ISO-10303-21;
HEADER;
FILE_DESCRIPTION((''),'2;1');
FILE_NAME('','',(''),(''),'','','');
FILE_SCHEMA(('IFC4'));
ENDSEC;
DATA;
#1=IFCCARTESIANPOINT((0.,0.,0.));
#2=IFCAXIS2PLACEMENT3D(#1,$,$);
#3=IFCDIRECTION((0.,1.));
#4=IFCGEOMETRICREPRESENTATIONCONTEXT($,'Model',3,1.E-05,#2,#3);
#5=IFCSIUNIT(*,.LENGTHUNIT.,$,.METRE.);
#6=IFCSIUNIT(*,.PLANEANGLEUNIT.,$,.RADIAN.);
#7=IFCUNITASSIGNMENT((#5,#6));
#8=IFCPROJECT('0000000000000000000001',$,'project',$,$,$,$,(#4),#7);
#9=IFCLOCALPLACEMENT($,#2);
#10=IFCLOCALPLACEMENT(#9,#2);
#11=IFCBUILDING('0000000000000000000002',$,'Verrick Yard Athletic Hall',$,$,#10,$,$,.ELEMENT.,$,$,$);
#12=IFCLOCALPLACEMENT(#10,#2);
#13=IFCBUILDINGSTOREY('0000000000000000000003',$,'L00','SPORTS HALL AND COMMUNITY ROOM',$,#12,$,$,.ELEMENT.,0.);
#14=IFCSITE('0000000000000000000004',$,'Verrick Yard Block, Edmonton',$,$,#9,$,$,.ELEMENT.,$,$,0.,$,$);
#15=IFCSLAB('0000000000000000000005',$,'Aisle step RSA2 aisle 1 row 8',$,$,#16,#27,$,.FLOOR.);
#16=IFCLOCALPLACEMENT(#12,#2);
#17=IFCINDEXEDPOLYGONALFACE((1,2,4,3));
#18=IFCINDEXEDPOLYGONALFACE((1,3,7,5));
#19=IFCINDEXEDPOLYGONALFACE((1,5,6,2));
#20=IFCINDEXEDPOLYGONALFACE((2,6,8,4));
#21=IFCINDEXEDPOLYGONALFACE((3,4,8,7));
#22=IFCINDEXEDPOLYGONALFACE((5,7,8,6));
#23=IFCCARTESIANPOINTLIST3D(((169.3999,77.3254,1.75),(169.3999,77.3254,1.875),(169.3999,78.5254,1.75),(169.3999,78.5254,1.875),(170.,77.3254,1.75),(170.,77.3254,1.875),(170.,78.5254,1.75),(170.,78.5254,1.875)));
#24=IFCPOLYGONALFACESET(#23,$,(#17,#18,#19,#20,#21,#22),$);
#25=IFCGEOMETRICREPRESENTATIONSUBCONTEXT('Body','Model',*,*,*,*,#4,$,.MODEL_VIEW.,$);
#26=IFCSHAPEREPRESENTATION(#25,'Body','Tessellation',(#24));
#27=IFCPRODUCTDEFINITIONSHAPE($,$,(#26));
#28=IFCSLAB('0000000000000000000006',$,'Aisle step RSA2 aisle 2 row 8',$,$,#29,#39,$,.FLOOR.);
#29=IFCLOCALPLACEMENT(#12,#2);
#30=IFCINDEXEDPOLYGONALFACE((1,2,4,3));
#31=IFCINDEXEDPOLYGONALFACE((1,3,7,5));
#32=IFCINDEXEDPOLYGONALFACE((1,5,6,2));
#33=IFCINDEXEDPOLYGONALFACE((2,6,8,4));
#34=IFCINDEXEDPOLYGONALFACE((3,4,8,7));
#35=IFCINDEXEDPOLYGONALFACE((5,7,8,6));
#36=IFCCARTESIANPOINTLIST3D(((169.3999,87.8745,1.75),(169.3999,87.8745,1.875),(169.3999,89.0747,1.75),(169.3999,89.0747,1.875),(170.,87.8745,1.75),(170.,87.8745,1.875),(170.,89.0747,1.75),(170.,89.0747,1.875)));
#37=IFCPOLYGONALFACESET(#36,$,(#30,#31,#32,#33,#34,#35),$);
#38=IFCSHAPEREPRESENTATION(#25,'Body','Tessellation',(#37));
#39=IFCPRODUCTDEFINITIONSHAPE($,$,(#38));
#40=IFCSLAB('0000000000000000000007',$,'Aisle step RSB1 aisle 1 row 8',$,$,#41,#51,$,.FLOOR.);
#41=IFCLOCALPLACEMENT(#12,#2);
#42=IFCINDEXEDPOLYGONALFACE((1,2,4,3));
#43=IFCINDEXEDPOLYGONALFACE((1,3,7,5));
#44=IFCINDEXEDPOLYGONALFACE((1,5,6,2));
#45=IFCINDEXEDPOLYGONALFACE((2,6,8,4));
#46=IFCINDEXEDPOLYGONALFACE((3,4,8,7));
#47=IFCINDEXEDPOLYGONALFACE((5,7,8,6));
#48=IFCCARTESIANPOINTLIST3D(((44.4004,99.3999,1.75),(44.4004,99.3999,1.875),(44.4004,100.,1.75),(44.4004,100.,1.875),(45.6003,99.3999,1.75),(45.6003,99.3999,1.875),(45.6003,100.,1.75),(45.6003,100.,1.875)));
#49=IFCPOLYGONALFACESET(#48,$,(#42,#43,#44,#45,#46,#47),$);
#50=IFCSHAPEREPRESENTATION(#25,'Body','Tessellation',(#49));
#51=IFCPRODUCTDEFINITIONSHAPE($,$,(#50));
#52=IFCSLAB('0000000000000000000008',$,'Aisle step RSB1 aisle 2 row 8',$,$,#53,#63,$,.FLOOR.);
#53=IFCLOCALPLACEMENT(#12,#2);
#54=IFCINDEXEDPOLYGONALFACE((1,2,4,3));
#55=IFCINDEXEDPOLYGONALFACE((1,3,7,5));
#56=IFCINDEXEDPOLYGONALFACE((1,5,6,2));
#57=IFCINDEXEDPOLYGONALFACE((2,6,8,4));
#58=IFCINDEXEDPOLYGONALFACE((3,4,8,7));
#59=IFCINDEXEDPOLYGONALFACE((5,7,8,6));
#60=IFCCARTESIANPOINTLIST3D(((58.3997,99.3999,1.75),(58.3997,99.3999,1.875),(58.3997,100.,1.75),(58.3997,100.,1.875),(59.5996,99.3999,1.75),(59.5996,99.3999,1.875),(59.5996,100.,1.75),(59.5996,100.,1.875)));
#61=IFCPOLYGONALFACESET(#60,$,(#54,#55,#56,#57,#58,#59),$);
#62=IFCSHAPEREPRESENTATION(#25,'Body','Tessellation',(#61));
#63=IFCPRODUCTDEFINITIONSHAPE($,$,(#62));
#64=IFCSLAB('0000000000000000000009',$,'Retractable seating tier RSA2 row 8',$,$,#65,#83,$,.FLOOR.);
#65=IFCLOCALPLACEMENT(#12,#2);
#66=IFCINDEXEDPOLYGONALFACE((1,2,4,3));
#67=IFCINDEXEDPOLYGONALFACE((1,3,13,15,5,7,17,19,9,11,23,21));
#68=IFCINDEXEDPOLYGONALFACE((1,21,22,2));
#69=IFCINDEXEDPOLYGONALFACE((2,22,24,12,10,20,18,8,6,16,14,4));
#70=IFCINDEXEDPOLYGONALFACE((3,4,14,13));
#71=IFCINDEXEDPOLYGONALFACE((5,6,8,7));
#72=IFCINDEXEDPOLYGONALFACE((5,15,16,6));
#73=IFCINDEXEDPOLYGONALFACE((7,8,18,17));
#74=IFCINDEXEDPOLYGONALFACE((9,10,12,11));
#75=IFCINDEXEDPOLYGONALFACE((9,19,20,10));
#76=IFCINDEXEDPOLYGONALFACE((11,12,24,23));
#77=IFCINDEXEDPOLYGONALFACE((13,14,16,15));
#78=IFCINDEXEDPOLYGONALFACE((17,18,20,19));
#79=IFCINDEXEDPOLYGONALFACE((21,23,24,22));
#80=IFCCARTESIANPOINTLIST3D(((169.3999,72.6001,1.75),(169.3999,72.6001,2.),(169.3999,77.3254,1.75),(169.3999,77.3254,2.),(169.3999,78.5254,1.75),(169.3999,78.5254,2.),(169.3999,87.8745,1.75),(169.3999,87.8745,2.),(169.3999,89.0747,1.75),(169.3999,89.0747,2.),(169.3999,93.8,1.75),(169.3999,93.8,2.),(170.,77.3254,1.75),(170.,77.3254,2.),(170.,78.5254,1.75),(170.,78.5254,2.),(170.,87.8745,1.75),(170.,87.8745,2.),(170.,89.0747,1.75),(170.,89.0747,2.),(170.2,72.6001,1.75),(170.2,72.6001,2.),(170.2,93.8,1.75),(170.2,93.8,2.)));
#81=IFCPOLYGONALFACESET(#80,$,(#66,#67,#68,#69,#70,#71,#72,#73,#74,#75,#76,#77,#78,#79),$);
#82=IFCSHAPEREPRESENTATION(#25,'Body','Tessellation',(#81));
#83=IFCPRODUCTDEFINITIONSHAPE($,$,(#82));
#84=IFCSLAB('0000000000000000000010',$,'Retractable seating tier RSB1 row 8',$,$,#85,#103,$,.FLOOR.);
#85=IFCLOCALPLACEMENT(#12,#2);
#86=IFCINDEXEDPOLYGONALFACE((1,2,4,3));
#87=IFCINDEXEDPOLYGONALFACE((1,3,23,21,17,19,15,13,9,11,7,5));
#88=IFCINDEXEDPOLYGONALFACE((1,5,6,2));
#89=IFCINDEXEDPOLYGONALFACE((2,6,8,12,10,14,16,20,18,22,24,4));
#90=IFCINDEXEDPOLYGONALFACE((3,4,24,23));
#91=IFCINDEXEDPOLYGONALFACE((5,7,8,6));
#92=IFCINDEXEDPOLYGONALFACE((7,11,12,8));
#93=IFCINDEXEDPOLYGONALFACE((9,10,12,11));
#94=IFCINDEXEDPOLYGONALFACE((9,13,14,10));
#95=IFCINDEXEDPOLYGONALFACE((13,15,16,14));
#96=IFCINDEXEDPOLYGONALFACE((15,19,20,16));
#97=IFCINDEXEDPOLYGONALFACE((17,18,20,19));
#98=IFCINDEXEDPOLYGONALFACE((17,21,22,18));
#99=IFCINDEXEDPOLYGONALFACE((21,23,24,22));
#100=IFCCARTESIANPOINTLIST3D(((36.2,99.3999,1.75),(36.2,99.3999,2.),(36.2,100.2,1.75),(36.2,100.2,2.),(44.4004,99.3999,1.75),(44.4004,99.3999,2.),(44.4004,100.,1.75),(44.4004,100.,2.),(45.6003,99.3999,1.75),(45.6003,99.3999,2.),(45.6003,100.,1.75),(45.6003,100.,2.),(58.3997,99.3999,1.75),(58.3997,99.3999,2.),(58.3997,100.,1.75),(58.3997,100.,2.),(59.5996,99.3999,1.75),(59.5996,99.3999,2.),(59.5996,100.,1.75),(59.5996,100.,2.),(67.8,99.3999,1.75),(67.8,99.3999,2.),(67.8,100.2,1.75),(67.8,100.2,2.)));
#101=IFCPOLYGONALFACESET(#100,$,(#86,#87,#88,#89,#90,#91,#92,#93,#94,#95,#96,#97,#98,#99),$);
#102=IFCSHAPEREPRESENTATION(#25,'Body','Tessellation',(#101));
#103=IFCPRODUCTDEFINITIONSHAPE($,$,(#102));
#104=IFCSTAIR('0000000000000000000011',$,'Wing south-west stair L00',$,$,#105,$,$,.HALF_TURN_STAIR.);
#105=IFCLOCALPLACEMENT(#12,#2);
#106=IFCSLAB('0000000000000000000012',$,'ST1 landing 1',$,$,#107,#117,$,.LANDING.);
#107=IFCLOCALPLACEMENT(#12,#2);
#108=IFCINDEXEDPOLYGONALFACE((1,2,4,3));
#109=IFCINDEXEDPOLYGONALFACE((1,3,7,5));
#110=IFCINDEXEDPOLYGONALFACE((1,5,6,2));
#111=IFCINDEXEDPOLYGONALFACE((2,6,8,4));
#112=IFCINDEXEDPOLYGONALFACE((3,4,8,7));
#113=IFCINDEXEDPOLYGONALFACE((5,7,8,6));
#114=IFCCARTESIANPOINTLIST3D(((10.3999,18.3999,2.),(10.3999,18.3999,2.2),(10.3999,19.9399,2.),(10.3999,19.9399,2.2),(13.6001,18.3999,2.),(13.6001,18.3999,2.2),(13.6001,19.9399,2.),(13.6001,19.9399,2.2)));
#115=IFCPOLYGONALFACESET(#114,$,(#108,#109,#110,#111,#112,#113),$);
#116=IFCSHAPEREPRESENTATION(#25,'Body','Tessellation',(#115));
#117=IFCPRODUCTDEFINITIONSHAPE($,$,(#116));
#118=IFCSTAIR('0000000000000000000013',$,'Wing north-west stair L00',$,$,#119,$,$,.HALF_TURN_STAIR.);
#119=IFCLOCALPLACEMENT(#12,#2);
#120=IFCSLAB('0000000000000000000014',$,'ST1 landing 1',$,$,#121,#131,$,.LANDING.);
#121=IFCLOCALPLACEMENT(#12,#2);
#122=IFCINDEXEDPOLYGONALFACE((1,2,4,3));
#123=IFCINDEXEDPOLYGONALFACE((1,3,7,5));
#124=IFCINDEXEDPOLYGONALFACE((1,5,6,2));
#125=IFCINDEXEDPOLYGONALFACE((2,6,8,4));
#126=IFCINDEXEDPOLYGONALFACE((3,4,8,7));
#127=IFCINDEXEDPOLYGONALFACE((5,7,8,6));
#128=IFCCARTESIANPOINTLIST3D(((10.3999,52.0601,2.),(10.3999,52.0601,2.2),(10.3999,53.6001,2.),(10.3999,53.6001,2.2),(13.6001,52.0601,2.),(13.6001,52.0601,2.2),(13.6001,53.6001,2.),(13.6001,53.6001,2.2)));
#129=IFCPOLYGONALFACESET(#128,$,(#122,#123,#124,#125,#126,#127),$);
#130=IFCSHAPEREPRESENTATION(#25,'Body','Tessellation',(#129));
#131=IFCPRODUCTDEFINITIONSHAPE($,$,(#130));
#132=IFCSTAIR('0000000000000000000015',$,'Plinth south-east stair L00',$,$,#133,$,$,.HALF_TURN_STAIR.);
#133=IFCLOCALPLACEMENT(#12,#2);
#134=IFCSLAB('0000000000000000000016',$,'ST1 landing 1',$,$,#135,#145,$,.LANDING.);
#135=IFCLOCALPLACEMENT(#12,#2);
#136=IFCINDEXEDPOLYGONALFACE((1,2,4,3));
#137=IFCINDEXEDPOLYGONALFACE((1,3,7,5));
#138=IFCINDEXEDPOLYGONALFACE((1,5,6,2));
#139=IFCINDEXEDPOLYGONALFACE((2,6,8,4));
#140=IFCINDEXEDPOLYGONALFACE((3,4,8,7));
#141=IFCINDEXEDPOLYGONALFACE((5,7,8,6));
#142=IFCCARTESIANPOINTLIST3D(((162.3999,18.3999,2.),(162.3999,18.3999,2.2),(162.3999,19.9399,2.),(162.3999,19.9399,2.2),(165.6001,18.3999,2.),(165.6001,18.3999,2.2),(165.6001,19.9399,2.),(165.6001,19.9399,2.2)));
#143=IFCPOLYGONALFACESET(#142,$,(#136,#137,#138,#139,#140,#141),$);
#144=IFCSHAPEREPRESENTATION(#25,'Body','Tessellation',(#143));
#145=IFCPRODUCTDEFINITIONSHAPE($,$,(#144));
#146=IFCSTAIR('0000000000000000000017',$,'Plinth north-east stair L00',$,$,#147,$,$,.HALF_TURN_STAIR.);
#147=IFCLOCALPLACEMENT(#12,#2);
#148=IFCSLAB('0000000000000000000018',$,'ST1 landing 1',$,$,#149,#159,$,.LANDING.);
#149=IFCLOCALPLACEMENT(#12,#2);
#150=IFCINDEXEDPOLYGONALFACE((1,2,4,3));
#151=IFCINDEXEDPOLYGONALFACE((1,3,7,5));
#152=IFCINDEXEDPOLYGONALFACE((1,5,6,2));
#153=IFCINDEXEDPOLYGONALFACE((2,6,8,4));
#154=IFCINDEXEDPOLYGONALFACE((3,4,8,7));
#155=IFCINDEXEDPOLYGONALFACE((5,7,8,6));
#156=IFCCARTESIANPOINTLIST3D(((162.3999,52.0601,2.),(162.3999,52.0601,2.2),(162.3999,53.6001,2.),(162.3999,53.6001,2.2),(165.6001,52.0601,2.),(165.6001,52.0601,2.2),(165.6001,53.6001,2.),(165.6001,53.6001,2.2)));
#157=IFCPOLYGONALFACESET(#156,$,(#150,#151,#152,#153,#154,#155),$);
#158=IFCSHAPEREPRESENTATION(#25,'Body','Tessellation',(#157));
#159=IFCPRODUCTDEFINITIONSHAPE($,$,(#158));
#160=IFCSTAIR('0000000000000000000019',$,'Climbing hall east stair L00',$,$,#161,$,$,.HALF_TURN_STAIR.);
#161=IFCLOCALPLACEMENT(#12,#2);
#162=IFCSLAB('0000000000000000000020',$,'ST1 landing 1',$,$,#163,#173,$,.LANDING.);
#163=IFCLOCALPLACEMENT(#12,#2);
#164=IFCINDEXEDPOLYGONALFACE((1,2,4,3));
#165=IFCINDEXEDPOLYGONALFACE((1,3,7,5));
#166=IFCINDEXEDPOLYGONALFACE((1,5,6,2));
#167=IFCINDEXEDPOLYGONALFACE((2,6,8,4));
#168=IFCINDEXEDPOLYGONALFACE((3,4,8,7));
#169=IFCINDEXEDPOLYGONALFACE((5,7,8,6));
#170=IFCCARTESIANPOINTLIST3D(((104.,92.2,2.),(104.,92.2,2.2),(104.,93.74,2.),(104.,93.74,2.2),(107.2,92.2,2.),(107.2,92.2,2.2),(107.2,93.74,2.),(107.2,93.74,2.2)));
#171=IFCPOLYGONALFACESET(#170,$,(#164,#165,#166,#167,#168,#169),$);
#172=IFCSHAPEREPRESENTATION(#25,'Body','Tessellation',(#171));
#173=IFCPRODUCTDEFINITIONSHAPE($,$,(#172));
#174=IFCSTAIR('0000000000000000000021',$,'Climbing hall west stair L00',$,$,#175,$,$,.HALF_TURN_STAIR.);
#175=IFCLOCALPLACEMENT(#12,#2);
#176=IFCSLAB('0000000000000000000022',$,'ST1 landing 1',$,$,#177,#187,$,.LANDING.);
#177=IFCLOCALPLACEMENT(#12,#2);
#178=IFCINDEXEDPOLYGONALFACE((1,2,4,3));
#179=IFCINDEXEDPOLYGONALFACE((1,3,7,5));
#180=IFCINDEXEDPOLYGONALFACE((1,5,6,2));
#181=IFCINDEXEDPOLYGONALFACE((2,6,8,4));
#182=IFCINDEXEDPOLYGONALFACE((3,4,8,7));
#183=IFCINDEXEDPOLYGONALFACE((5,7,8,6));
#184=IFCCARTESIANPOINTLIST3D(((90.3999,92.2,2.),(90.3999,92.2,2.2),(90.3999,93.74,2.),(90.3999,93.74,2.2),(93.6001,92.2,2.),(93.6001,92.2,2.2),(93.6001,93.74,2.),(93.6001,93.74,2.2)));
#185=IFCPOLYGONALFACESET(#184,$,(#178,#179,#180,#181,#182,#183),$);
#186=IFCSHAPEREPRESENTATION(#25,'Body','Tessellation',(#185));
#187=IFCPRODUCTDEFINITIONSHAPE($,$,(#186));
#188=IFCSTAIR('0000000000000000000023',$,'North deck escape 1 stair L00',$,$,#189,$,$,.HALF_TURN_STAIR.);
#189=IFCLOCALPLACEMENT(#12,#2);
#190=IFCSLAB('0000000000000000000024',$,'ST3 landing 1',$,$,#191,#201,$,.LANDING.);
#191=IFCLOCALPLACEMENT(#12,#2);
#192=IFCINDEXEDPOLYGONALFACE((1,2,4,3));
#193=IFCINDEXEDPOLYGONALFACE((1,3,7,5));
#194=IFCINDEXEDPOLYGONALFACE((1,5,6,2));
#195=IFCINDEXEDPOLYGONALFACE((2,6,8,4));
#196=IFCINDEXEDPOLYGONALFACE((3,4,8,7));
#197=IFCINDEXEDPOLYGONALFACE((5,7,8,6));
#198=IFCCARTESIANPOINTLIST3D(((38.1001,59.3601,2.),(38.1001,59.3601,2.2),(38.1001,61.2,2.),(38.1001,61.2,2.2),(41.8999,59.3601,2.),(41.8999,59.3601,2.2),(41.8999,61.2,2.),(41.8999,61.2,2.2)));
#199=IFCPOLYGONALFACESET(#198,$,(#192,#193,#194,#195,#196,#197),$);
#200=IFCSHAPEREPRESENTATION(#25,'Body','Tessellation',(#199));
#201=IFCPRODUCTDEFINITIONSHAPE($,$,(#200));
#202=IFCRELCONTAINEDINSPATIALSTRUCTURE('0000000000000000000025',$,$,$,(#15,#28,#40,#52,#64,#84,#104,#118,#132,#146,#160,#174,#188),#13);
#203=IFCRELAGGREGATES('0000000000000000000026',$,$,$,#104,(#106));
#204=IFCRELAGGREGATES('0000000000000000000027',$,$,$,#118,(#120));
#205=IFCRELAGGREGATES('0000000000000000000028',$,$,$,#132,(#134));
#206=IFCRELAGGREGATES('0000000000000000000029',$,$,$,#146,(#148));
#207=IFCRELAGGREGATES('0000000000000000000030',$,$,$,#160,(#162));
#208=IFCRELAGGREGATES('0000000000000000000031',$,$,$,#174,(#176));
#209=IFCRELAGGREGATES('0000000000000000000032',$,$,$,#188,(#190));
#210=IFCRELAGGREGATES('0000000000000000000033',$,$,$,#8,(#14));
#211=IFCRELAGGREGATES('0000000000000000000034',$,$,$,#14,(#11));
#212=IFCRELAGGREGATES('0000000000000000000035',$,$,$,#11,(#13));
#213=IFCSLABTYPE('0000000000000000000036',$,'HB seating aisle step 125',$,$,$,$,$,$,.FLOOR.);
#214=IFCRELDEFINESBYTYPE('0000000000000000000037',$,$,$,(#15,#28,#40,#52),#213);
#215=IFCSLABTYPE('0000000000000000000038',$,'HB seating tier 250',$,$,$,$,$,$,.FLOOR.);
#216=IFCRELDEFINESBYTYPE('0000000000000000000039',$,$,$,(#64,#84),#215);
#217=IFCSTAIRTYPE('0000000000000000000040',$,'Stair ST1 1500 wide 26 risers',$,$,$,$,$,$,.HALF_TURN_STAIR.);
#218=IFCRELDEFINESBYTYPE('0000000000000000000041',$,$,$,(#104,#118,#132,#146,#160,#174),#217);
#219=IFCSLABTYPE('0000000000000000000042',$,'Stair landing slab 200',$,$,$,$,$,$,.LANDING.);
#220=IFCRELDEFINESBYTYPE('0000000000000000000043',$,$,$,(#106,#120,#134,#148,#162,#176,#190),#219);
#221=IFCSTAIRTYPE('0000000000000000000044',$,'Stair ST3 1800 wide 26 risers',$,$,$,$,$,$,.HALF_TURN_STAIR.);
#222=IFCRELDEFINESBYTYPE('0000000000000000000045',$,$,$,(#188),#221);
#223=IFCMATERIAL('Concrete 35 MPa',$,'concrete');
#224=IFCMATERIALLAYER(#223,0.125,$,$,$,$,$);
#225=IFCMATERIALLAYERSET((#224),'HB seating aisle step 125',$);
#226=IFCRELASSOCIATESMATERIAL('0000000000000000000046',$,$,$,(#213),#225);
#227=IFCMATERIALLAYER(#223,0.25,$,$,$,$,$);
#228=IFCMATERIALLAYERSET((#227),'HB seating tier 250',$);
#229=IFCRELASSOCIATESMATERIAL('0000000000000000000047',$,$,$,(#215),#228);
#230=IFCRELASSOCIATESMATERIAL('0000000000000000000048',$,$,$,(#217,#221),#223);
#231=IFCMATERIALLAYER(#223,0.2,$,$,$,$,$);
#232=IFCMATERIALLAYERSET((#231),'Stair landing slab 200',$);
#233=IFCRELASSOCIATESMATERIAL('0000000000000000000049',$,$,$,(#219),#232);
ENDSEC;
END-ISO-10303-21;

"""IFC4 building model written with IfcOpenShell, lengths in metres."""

from ifc_helpers import new_model, si_unit, direction, frame, origin, place, context, subcontext, project, spatial, polyline, outline, extrude, material, layer, layer_set, type_object, element, aggregate, save


model = new_model("IFC4")

# Units and contexts
model_context = context("Model", 3, precision=1e-05, world=origin(), true_north=direction((0.0, 1.0)))
body_context = subcontext(model_context, "Body", "Model", "MODEL_VIEW")
ifc_project = project(units=[si_unit("LENGTHUNIT", "METRE"), si_unit("PLANEANGLEUNIT", "RADIAN")], contexts=[model_context])

# Site, building, storey
site_placement = place(None, origin())
site = spatial("IfcSite", under=ifc_project, at=site_placement, Name="Verrick Yard Block, Edmonton", CompositionType="ELEMENT", RefElevation=0.0)
building_placement = place(site_placement, origin())
building = spatial("IfcBuilding", under=site, at=building_placement, Name="Verrick Yard Athletic Hall", CompositionType="ELEMENT")
storey_placement = place(building_placement, origin())
storey = spatial("IfcBuildingStorey", under=building, at=storey_placement, Name="L00", Description="SPORTS HALL AND COMMUNITY ROOM", CompositionType="ELEMENT", Elevation=0.0)

# Slabs
ifc_material = material(Name="Concrete 35 MPa", Category="concrete")
ifc_layer_1 = layer(ifc_material, 0.125)
ifc_layer_set_1 = layer_set([ifc_layer_1], Name="HB seating aisle step 125")
slab_type_1 = type_object("IfcSlabType", Name="HB seating aisle step 125", PredefinedType="FLOOR", material=ifc_layer_set_1)
slab_1_placement = place(storey_placement, frame((0.0, 0.0, 1.75)))
element("IfcSlab", 1, at=slab_1_placement, inside=storey, type_object=slab_type_1, Name="Aisle step RSA2 aisle 1 row 8", PredefinedType="FLOOR", context=body_context, shape_type="SweptSolid", body=[
    extrude(outline(polyline([(170.0, 77.3254), (170.0, 78.5254), (169.3999, 78.5254), (169.3999, 77.3254), (170.0, 77.3254)])), origin(), (0.0, 0.0, 1.0), 0.125),
])
slab_2_placement = place(storey_placement, frame((0.0, 0.0, 1.75)))
element("IfcSlab", 2, at=slab_2_placement, inside=storey, type_object=slab_type_1, Name="Aisle step RSA2 aisle 2 row 8", PredefinedType="FLOOR", context=body_context, shape_type="SweptSolid", body=[
    extrude(outline(polyline([(170.0, 87.8745), (170.0, 89.0747), (169.3999, 89.0747), (169.3999, 87.8745), (170.0, 87.8745)])), origin(), (0.0, 0.0, 1.0), 0.125),
])
slab_3_placement = place(storey_placement, frame((0.0, 0.0, 1.75)))
element("IfcSlab", 3, at=slab_3_placement, inside=storey, type_object=slab_type_1, Name="Aisle step RSB1 aisle 1 row 8", PredefinedType="FLOOR", context=body_context, shape_type="SweptSolid", body=[
    extrude(outline(polyline([(44.4004, 99.3999), (45.6003, 99.3999), (45.6003, 100.0), (44.4004, 100.0), (44.4004, 99.3999)])), origin(), (0.0, 0.0, 1.0), 0.125),
])
slab_4_placement = place(storey_placement, frame((0.0, 0.0, 1.75)))
element("IfcSlab", 4, at=slab_4_placement, inside=storey, type_object=slab_type_1, Name="Aisle step RSB1 aisle 2 row 8", PredefinedType="FLOOR", context=body_context, shape_type="SweptSolid", body=[
    extrude(outline(polyline([(58.3997, 99.3999), (59.5996, 99.3999), (59.5996, 100.0), (58.3997, 100.0), (58.3997, 99.3999)])), origin(), (0.0, 0.0, 1.0), 0.125),
])
ifc_layer_2 = layer(ifc_material, 0.25)
ifc_layer_set_2 = layer_set([ifc_layer_2], Name="HB seating tier 250")
slab_type_2 = type_object("IfcSlabType", Name="HB seating tier 250", PredefinedType="FLOOR", material=ifc_layer_set_2)
slab_5_placement = place(storey_placement, frame((0.0, 0.0, 1.75)))
element("IfcSlab", 5, at=slab_5_placement, inside=storey, type_object=slab_type_2, Name="Retractable seating tier RSA2 row 8", PredefinedType="FLOOR", context=body_context, shape_type="SweptSolid", body=[
    extrude(outline(polyline([(170.2, 72.6001), (170.2, 93.8), (169.3999, 93.8), (169.3999, 89.0747), (170.0, 89.0747), (170.0, 87.8745), (169.3999, 87.8745), (169.3999, 78.5254), (170.0, 78.5254), (170.0, 77.3254), (169.3999, 77.3254), (169.3999, 72.6001), (170.2, 72.6001)])), origin(), (0.0, 0.0, 1.0), 0.25),
])
slab_6_placement = place(storey_placement, frame((0.0, 0.0, 1.75)))
element("IfcSlab", 6, at=slab_6_placement, inside=storey, type_object=slab_type_2, Name="Retractable seating tier RSB1 row 8", PredefinedType="FLOOR", context=body_context, shape_type="SweptSolid", body=[
    extrude(outline(polyline([(36.2, 99.3999), (44.4004, 99.3999), (44.4004, 100.0), (45.6003, 100.0), (45.6003, 99.3999), (58.3997, 99.3999), (58.3997, 100.0), (59.5996, 100.0), (59.5996, 99.3999), (67.8, 99.3999), (67.8, 100.2), (36.2, 100.2), (36.2, 99.3999)])), origin(), (0.0, 0.0, 1.0), 0.25),
])

# Stairs, slabs
stair_type_1 = type_object("IfcStairType", Name="Stair ST1 1500 wide 26 risers", PredefinedType="HALF_TURN_STAIR", material=ifc_material)
stair_1_placement = place(storey_placement, origin())
stair_1 = element("IfcStair", 7, at=stair_1_placement, inside=storey, type_object=stair_type_1, Name="Wing south-west stair L00", PredefinedType="HALF_TURN_STAIR")
ifc_layer_3 = layer(ifc_material, 0.2)
ifc_layer_set_3 = layer_set([ifc_layer_3], Name="Stair landing slab 200")
slab_type_3 = type_object("IfcSlabType", Name="Stair landing slab 200", PredefinedType="LANDING", material=ifc_layer_set_3)
slab_7_placement = place(storey_placement, frame((0.0, 0.0, 2.0)))
slab_7 = element("IfcSlab", 8, at=slab_7_placement, type_object=slab_type_3, Name="ST1 landing 1", PredefinedType="LANDING", context=body_context, shape_type="SweptSolid", body=[
    extrude(outline(polyline([(10.3999, 19.9399), (10.3999, 18.3999), (13.6001, 18.3999), (13.6001, 19.9399), (10.3999, 19.9399)])), origin(), (0.0, 0.0, 1.0), 0.2),
])
aggregate(stair_1, [slab_7])
stair_2_placement = place(storey_placement, origin())
stair_2 = element("IfcStair", 9, at=stair_2_placement, inside=storey, type_object=stair_type_1, Name="Wing north-west stair L00", PredefinedType="HALF_TURN_STAIR")
slab_8_placement = place(storey_placement, frame((0.0, 0.0, 2.0)))
slab_8 = element("IfcSlab", 10, at=slab_8_placement, type_object=slab_type_3, Name="ST1 landing 1", PredefinedType="LANDING", context=body_context, shape_type="SweptSolid", body=[
    extrude(outline(polyline([(13.6001, 52.0601), (13.6001, 53.6001), (10.3999, 53.6001), (10.3999, 52.0601), (13.6001, 52.0601)])), origin(), (0.0, 0.0, 1.0), 0.2),
])
aggregate(stair_2, [slab_8])
stair_3_placement = place(storey_placement, origin())
stair_3 = element("IfcStair", 11, at=stair_3_placement, inside=storey, type_object=stair_type_1, Name="Plinth south-east stair L00", PredefinedType="HALF_TURN_STAIR")
slab_9_placement = place(storey_placement, frame((0.0, 0.0, 2.0)))
slab_9 = element("IfcSlab", 12, at=slab_9_placement, type_object=slab_type_3, Name="ST1 landing 1", PredefinedType="LANDING", context=body_context, shape_type="SweptSolid", body=[
    extrude(outline(polyline([(162.3999, 19.9399), (162.3999, 18.3999), (165.6001, 18.3999), (165.6001, 19.9399), (162.3999, 19.9399)])), origin(), (0.0, 0.0, 1.0), 0.2),
])
aggregate(stair_3, [slab_9])
stair_4_placement = place(storey_placement, origin())
stair_4 = element("IfcStair", 13, at=stair_4_placement, inside=storey, type_object=stair_type_1, Name="Plinth north-east stair L00", PredefinedType="HALF_TURN_STAIR")
slab_10_placement = place(storey_placement, frame((0.0, 0.0, 2.0)))
slab_10 = element("IfcSlab", 14, at=slab_10_placement, type_object=slab_type_3, Name="ST1 landing 1", PredefinedType="LANDING", context=body_context, shape_type="SweptSolid", body=[
    extrude(outline(polyline([(165.6001, 52.0601), (165.6001, 53.6001), (162.3999, 53.6001), (162.3999, 52.0601), (165.6001, 52.0601)])), origin(), (0.0, 0.0, 1.0), 0.2),
])
aggregate(stair_4, [slab_10])
stair_5_placement = place(storey_placement, origin())
stair_5 = element("IfcStair", 15, at=stair_5_placement, inside=storey, type_object=stair_type_1, Name="Climbing hall east stair L00", PredefinedType="HALF_TURN_STAIR")
slab_11_placement = place(storey_placement, frame((0.0, 0.0, 2.0)))
slab_11 = element("IfcSlab", 16, at=slab_11_placement, type_object=slab_type_3, Name="ST1 landing 1", PredefinedType="LANDING", context=body_context, shape_type="SweptSolid", body=[
    extrude(outline(polyline([(104.0, 93.74), (104.0, 92.2), (107.2, 92.2), (107.2, 93.74), (104.0, 93.74)])), origin(), (0.0, 0.0, 1.0), 0.2),
])
aggregate(stair_5, [slab_11])
stair_6_placement = place(storey_placement, origin())
stair_6 = element("IfcStair", 17, at=stair_6_placement, inside=storey, type_object=stair_type_1, Name="Climbing hall west stair L00", PredefinedType="HALF_TURN_STAIR")
slab_12_placement = place(storey_placement, frame((0.0, 0.0, 2.0)))
slab_12 = element("IfcSlab", 18, at=slab_12_placement, type_object=slab_type_3, Name="ST1 landing 1", PredefinedType="LANDING", context=body_context, shape_type="SweptSolid", body=[
    extrude(outline(polyline([(90.3999, 93.74), (90.3999, 92.2), (93.6001, 92.2), (93.6001, 93.74), (90.3999, 93.74)])), origin(), (0.0, 0.0, 1.0), 0.2),
])
aggregate(stair_6, [slab_12])
stair_type_2 = type_object("IfcStairType", Name="Stair ST3 1800 wide 26 risers", PredefinedType="HALF_TURN_STAIR", material=ifc_material)
stair_7_placement = place(storey_placement, origin())
stair_7 = element("IfcStair", 19, at=stair_7_placement, inside=storey, type_object=stair_type_2, Name="North deck escape 1 stair L00", PredefinedType="HALF_TURN_STAIR")
slab_13_placement = place(storey_placement, frame((0.0, 0.0, 2.0)))
slab_13 = element("IfcSlab", 20, at=slab_13_placement, type_object=slab_type_3, Name="ST3 landing 1", PredefinedType="LANDING", context=body_context, shape_type="SweptSolid", body=[
    extrude(outline(polyline([(41.8999, 59.3601), (41.8999, 61.2), (38.1001, 61.2), (38.1001, 59.3601), (41.8999, 59.3601)])), origin(), (0.0, 0.0, 1.0), 0.2),
])
aggregate(stair_7, [slab_13])

save(model, "model.ifc")
